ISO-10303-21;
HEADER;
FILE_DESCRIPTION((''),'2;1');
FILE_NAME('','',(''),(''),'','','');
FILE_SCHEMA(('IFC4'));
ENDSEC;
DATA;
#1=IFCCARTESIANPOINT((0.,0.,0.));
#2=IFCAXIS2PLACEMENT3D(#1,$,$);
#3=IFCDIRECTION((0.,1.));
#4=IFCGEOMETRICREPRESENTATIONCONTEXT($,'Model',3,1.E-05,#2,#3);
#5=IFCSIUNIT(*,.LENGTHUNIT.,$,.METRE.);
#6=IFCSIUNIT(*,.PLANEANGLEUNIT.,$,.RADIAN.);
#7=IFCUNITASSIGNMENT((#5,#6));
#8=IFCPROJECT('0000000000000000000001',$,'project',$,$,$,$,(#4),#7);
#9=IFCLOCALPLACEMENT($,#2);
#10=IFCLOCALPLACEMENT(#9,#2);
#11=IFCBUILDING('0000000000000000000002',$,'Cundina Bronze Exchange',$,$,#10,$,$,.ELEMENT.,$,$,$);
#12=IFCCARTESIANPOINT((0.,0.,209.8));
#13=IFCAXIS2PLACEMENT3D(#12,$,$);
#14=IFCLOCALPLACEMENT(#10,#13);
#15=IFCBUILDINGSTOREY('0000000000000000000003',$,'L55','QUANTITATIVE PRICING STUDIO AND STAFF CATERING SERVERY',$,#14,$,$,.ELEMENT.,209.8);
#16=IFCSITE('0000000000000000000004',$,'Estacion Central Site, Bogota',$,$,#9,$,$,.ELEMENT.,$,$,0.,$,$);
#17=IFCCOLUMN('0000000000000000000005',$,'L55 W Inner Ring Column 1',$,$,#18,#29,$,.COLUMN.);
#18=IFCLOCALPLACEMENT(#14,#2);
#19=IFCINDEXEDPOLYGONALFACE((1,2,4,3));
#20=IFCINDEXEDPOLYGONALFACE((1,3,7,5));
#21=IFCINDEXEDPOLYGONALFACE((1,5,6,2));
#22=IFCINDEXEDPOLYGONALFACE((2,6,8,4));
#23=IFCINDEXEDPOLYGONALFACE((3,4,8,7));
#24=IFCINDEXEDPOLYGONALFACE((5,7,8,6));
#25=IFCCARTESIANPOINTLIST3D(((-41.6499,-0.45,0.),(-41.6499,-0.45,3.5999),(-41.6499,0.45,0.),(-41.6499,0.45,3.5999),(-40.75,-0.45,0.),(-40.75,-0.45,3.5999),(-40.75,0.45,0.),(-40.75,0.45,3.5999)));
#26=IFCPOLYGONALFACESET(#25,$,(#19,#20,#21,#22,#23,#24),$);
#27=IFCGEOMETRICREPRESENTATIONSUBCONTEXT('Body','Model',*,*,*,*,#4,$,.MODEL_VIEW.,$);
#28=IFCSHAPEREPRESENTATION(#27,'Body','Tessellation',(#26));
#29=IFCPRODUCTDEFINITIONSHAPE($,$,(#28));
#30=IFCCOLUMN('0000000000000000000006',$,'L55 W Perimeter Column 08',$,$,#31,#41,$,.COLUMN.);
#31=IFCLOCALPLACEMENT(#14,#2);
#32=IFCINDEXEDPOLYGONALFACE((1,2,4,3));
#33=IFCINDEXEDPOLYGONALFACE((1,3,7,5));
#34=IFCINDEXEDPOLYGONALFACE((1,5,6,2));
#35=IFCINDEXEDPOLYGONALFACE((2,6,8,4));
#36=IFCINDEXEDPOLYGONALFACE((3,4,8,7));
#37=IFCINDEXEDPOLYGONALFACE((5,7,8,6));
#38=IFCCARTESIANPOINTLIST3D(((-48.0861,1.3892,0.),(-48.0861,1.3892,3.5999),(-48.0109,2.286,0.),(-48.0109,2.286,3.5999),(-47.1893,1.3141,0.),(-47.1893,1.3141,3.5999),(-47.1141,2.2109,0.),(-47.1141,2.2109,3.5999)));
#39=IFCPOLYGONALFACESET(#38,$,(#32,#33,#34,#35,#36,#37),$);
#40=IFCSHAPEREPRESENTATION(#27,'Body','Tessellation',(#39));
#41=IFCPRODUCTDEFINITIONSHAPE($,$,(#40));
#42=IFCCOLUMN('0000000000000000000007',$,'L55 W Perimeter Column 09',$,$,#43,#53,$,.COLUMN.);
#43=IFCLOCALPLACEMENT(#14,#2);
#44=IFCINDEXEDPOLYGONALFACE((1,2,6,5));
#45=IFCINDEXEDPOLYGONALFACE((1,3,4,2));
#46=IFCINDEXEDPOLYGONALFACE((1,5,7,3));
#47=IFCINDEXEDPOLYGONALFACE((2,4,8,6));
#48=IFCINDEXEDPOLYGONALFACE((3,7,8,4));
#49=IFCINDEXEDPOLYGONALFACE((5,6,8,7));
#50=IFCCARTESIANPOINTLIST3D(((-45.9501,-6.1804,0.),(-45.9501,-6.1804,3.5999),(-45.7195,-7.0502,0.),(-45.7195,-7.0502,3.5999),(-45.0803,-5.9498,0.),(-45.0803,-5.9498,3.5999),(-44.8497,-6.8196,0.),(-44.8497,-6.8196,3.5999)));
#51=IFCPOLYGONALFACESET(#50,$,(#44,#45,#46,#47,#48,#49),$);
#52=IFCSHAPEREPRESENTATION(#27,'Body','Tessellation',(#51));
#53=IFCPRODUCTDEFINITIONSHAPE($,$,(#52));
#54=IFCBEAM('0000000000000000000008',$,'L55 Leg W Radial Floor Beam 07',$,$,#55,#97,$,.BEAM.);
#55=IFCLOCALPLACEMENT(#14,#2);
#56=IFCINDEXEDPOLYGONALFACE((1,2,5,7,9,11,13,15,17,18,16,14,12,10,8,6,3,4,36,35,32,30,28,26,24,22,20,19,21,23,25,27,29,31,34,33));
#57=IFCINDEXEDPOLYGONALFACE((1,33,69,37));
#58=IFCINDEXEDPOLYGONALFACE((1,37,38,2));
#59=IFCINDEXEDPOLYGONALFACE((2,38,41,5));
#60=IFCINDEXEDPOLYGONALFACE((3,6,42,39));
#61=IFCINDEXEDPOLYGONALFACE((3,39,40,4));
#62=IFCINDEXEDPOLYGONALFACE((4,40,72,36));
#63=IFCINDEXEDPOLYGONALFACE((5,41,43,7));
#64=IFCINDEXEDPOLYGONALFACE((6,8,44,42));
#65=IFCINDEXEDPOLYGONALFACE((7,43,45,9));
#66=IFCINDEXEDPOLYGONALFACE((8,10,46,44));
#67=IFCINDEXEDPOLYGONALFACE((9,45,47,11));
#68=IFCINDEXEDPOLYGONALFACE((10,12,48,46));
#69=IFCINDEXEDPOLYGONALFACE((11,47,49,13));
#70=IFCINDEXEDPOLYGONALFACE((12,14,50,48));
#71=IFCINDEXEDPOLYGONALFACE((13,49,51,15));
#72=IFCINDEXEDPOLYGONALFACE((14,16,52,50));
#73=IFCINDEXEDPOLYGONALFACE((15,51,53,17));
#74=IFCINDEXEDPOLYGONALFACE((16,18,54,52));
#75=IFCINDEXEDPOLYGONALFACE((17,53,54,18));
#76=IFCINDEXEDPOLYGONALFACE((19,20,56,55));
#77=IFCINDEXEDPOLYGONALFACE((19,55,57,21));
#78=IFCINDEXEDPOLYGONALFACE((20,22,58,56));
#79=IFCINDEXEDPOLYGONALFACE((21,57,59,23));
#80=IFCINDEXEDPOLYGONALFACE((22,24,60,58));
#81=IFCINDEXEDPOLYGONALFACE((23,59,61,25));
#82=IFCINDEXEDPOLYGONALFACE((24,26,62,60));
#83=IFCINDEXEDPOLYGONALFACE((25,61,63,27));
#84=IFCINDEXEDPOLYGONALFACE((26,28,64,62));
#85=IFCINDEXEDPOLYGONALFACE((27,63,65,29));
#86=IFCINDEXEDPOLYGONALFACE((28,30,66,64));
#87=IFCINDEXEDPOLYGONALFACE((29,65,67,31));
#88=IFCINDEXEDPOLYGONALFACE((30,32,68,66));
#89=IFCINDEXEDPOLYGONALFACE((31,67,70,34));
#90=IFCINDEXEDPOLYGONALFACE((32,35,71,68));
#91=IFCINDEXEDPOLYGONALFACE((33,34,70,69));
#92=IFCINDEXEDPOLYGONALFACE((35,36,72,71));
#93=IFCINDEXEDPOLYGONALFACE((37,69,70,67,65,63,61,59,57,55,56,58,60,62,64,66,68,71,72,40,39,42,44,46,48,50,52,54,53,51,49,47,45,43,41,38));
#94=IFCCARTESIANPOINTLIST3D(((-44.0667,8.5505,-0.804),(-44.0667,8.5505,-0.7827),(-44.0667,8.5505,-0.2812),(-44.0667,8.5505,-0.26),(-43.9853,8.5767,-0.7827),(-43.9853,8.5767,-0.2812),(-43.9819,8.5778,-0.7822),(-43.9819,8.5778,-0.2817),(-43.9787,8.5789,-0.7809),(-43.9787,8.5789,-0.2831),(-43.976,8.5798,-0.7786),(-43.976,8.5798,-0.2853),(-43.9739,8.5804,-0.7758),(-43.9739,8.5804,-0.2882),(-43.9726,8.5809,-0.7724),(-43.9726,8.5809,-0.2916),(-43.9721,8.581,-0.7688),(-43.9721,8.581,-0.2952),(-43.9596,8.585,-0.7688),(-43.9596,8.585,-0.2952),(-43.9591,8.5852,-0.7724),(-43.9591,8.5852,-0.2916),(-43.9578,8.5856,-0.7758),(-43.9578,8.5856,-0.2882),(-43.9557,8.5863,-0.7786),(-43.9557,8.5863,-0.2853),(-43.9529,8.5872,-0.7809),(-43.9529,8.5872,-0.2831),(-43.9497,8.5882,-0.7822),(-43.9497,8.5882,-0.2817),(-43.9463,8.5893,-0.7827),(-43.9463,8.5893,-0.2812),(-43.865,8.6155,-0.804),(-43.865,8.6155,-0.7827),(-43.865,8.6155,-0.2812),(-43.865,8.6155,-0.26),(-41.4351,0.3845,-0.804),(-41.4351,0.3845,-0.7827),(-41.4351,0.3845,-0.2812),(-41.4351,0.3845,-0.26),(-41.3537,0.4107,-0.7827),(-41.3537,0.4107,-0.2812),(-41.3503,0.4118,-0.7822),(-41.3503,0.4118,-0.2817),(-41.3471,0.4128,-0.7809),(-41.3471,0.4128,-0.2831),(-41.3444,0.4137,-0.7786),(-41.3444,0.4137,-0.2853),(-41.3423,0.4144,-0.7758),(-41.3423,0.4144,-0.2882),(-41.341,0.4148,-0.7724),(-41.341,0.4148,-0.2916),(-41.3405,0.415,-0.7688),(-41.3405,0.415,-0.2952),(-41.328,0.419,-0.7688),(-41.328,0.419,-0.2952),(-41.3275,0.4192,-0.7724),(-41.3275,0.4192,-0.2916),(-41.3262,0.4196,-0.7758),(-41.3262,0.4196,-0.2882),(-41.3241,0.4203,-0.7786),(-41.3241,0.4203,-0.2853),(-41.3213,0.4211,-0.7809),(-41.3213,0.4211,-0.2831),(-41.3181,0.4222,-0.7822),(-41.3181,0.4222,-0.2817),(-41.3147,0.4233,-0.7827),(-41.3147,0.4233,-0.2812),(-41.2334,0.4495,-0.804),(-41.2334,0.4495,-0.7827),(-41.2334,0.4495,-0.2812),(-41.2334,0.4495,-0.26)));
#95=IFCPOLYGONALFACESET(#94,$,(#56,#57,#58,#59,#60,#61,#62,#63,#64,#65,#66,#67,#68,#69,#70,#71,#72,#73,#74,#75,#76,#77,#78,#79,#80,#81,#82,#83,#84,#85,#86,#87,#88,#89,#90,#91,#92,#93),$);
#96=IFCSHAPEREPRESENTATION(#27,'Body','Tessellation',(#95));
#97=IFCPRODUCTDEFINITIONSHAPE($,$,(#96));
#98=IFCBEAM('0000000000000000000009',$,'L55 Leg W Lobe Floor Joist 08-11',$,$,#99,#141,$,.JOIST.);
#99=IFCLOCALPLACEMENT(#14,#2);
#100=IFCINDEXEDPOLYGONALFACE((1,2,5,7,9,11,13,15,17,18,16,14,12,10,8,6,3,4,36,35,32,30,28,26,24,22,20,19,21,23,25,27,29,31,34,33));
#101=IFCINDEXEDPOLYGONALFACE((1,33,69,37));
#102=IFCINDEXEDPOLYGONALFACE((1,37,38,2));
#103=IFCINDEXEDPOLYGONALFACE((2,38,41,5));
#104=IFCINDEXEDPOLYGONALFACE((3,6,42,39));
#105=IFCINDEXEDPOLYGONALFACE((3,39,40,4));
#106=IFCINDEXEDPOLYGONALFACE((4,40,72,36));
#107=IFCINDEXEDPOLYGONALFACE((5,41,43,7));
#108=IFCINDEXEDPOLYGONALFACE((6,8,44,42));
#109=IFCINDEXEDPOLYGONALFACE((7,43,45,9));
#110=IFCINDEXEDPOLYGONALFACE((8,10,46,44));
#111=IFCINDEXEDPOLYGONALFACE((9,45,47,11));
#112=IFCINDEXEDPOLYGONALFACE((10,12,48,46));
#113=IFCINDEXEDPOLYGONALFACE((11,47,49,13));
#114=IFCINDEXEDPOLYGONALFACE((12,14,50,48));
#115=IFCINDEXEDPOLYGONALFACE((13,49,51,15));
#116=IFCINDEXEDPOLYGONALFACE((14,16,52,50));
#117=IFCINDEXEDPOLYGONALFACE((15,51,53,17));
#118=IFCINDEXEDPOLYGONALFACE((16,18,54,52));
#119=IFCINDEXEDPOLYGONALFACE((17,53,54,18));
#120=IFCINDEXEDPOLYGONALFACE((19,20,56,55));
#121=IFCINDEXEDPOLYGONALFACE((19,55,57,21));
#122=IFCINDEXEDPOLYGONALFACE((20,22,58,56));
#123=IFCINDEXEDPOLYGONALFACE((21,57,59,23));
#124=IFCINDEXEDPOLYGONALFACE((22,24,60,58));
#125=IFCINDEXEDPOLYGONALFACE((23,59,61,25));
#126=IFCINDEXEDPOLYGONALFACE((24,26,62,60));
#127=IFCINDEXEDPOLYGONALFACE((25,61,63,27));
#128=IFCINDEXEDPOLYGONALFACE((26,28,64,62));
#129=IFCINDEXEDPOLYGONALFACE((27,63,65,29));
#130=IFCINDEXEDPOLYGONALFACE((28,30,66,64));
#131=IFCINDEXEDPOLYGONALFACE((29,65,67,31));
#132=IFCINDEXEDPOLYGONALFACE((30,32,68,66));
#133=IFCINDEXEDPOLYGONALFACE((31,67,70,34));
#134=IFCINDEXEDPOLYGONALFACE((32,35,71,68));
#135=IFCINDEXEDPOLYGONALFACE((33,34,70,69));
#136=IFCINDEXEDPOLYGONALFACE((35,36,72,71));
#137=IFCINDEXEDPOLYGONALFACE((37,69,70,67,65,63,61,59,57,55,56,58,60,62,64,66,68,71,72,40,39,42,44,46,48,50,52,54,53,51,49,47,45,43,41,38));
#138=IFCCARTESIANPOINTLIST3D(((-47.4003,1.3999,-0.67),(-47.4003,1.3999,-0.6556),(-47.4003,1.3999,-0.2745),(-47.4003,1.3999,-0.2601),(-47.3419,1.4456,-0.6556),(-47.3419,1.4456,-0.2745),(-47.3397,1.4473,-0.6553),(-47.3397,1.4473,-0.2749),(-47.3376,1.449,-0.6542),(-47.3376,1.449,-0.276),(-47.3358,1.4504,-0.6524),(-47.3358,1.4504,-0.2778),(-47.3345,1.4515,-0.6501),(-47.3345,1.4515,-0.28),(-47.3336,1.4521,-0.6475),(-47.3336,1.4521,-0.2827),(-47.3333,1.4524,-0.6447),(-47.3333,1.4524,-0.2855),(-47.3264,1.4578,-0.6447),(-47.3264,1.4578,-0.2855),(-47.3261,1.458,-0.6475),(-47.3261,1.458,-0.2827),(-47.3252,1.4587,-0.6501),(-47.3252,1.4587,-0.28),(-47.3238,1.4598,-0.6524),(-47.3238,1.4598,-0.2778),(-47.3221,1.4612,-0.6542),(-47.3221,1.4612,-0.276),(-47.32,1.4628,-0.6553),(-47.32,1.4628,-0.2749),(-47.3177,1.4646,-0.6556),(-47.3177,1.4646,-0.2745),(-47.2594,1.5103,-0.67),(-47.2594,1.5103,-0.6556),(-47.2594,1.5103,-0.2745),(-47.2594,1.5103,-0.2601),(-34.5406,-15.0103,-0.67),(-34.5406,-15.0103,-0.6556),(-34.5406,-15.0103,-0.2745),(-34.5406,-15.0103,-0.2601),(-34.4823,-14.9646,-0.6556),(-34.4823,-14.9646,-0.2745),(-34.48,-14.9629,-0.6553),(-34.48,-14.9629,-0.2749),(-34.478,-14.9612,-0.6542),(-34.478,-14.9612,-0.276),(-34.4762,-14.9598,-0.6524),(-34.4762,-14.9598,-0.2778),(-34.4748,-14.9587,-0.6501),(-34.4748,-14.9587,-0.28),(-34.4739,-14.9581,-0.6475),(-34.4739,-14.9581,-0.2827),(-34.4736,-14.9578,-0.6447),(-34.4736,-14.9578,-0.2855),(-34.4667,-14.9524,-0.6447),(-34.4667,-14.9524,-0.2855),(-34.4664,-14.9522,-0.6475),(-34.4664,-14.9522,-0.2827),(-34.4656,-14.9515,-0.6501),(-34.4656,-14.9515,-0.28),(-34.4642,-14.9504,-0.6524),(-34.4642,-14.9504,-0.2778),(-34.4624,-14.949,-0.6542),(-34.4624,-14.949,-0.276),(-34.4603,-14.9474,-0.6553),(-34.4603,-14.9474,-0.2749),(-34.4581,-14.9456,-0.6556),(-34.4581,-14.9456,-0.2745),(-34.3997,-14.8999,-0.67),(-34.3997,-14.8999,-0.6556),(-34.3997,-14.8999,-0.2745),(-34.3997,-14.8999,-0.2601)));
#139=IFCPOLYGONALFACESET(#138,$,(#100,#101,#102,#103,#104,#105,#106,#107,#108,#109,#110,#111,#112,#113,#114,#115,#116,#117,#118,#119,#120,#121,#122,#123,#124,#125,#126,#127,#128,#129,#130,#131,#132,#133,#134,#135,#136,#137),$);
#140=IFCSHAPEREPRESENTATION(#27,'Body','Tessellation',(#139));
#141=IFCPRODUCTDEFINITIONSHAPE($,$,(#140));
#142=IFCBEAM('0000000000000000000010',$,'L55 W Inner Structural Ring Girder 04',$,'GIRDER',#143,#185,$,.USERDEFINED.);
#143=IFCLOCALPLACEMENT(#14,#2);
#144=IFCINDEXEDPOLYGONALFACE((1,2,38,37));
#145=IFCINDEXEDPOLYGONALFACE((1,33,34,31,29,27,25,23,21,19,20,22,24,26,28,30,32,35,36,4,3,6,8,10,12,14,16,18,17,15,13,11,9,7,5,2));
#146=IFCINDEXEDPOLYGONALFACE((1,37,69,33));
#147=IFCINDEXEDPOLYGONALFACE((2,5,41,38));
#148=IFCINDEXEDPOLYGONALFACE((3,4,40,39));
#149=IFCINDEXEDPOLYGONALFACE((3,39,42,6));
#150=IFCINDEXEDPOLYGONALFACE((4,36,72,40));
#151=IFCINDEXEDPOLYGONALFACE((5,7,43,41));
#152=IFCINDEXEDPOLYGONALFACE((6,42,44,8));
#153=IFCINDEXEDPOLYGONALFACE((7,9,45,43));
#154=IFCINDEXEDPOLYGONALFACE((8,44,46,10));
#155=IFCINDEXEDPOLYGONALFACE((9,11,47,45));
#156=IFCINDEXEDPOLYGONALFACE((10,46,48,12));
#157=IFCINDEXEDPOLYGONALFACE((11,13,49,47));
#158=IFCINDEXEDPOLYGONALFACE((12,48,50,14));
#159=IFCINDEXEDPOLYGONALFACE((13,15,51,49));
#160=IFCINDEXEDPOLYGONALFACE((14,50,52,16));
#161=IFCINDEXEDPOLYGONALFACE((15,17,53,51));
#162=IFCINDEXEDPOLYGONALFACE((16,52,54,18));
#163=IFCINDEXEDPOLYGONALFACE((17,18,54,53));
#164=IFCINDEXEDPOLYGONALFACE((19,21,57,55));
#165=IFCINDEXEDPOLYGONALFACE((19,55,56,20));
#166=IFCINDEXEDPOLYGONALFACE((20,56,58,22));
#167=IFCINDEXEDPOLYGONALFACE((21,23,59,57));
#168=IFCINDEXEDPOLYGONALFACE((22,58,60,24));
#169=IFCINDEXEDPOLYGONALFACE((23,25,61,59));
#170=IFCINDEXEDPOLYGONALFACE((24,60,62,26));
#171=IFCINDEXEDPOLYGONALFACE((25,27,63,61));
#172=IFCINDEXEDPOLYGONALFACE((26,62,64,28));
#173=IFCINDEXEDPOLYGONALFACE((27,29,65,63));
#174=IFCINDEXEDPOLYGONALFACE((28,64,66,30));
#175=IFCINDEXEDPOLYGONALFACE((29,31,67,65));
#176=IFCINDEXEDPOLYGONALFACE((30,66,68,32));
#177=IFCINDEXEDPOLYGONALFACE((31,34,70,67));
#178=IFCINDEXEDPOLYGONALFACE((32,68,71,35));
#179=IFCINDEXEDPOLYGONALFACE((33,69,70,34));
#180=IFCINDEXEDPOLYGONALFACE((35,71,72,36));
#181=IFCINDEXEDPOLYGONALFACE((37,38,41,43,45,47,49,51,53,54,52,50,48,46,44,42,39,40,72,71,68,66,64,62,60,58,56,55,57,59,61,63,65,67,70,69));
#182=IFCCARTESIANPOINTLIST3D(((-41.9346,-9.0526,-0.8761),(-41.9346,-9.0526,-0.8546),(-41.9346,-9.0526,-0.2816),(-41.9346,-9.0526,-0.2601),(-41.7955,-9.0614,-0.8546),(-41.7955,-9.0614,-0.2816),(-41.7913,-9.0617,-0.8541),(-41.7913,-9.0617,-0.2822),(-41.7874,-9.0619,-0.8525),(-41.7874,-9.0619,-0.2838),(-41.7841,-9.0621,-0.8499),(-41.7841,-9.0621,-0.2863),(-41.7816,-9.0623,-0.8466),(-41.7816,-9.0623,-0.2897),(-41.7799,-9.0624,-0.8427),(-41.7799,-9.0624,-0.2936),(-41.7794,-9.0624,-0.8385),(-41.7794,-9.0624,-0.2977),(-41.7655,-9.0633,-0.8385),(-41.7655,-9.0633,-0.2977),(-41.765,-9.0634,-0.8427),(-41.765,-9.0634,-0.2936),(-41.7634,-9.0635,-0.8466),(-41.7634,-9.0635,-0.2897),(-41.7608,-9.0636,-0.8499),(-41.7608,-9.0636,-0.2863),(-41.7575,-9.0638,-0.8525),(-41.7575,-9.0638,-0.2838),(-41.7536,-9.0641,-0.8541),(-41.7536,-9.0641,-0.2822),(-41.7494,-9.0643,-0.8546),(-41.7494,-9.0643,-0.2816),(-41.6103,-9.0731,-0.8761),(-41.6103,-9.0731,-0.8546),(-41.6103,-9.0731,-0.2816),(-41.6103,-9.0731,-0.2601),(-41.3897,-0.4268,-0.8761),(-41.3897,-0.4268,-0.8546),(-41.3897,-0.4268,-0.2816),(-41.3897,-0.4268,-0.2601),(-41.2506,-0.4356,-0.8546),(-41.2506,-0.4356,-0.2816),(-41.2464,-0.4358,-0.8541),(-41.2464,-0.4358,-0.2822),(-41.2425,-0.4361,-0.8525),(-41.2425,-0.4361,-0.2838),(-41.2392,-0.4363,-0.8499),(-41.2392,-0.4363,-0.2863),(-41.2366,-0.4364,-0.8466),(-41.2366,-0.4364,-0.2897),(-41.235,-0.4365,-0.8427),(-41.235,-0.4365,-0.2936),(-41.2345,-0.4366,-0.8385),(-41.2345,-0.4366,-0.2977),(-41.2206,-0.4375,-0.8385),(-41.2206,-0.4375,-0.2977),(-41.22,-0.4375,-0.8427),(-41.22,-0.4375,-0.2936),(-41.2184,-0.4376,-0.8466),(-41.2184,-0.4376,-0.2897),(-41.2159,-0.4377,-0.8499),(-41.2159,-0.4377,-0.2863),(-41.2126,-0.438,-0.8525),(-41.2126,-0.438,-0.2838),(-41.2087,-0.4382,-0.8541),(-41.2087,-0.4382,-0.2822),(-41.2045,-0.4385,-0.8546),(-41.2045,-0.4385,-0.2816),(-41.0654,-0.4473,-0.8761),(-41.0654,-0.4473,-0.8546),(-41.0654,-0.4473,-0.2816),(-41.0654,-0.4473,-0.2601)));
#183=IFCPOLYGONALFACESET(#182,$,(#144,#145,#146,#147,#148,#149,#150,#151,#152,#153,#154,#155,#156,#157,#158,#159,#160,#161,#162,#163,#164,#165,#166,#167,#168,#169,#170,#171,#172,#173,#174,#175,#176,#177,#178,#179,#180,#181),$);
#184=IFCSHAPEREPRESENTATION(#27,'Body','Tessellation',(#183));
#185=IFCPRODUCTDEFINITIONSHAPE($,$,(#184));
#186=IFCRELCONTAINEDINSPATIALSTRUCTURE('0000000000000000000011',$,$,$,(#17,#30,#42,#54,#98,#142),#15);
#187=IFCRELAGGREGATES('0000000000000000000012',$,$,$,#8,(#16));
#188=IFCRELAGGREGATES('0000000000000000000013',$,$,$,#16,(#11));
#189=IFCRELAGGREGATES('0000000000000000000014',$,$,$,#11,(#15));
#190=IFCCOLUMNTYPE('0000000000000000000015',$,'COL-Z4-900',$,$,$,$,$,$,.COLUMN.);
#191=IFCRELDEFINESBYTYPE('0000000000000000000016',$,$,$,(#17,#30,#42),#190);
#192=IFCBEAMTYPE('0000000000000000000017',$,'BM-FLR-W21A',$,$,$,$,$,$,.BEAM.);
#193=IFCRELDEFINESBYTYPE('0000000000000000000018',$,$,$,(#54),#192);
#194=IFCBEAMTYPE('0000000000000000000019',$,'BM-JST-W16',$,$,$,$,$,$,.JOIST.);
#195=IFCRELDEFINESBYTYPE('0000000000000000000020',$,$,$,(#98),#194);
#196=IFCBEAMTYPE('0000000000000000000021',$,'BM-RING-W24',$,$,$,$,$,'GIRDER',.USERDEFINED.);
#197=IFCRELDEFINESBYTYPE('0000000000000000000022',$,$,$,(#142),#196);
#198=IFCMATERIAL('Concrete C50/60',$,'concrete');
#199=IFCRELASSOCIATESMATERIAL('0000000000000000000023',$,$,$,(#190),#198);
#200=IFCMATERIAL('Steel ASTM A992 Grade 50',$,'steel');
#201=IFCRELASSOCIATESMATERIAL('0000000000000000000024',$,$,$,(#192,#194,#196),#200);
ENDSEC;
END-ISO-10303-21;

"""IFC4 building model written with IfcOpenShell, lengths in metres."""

from ifc_helpers import new_model, si_unit, direction, frame, origin, origin_2d, place, context, subcontext, project, spatial, rectangle, i_section, extrude, material, material_profile, profile_set, type_object, element, save


model = new_model("IFC4")

# Units and contexts
model_context = context("Model", 3, precision=1e-05, world=origin(), true_north=direction((0.0, 1.0)))
body_context = subcontext(model_context, "Body", "Model", "MODEL_VIEW")
ifc_project = project(units=[si_unit("LENGTHUNIT", "METRE"), si_unit("PLANEANGLEUNIT", "RADIAN")], contexts=[model_context])

# Site, building, storey
site_placement = place(None, origin())
site = spatial("IfcSite", under=ifc_project, at=site_placement, Name="Estacion Central Site, Bogota", CompositionType="ELEMENT", RefElevation=0.0)
building_placement = place(site_placement, origin())
building = spatial("IfcBuilding", under=site, at=building_placement, Name="Cundina Bronze Exchange", CompositionType="ELEMENT")
storey_placement = place(building_placement, frame((0.0, 0.0, 209.8)))
storey = spatial("IfcBuildingStorey", under=building, at=storey_placement, Name="L55", Description="QUANTITATIVE PRICING STUDIO AND STAFF CATERING SERVERY", CompositionType="ELEMENT", Elevation=209.8)

# Columns
ifc_material_1 = material(Name="Concrete C50/60", Category="concrete")
ifc_material_profile_1 = material_profile(ifc_material_1, rectangle(XDim=0.8999, YDim=0.8999, at=origin_2d()), Name="RC900X900", Category="concrete")
ifc_profile_set_1 = profile_set([ifc_material_profile_1], Name="Concrete C50/60")
column_type = type_object("IfcColumnType", Name="COL-Z4-900", PredefinedType="COLUMN", material=ifc_profile_set_1)
for number, where, z_axis, x_axis, name in (
    (1, (-41.2, 0.0, 0.0), (0.0, 0.0, 1.0), (1.0, 0.0, 0.0), "L55 W Inner Ring Column 1"),
    (2, (-47.6001, 1.8, 0.0), (0.0, 0.0, 1.0), (-0.083504, -0.996507, 0.0), "L55 W Perimeter Column 08"),
    (3, (-45.3999, -6.5, 0.0), (0.0, 0.0, 1.0), (0.256289, -0.9666, 0.0), "L55 W Perimeter Column 09"),
):
    element("IfcColumn", number, at=place(storey_placement, frame(where, z_axis=z_axis, x_axis=x_axis)), inside=storey, type_object=column_type, Name=name, PredefinedType="COLUMN", context=body_context, shape_type="SweptSolid", body=[
        extrude(rectangle(XDim=0.8999, YDim=0.8999, at=origin_2d()), origin(), (0.0, 0.0, 1.0), 3.5999),
    ])

# Beams
ifc_material_2 = material(Name="Steel ASTM A992 Grade 50", Category="steel")
ifc_material_profile_2 = material_profile(ifc_material_2, i_section(OverallWidth=0.2119, OverallDepth=0.5439, WebThickness=0.0132, FlangeThickness=0.0212, FilletRadius=0.0139, at=origin_2d()), Name="W21X83", Category="steel")
ifc_profile_set_2 = profile_set([ifc_material_profile_2], Name="Steel ASTM A992 Grade 50")
beam_type_1 = type_object("IfcBeamType", Name="BM-FLR-W21A", PredefinedType="BEAM", material=ifc_profile_set_2)
beam_1_placement = place(storey_placement, frame((-41.3342, 0.417, -0.532), z_axis=(-0.306728, 0.951797, 0.0), x_axis=(-0.951797, -0.306728, 0.0)))
element("IfcBeam", 4, at=beam_1_placement, inside=storey, type_object=beam_type_1, Name="L55 Leg W Radial Floor Beam 07", PredefinedType="BEAM", context=body_context, shape_type="SweptSolid", body=[
    extrude(i_section(OverallWidth=0.2119, OverallDepth=0.5439, WebThickness=0.0132, FlangeThickness=0.0212, FilletRadius=0.0139, at=origin_2d()), origin(), (0.0, 0.0, 1.0), 8.5796),
])
ifc_material_profile_3 = material_profile(ifc_material_2, i_section(OverallWidth=0.179, OverallDepth=0.4099, WebThickness=0.0088, FlangeThickness=0.0144, FilletRadius=0.011, at=origin_2d()), Name="W16X45", Category="steel")
ifc_profile_set_3 = profile_set([ifc_material_profile_3], Name="Steel ASTM A992 Grade 50")
beam_type_2 = type_object("IfcBeamType", Name="BM-JST-W16", PredefinedType="JOIST", material=ifc_profile_set_3)
beam_2_placement = place(storey_placement, frame((-47.3298, 1.4551, -0.4651), z_axis=(0.61681, -0.787112, 0.0), x_axis=(0.787112, 0.61681, 0.0)))
element("IfcBeam", 5, at=beam_2_placement, inside=storey, type_object=beam_type_2, Name="L55 Leg W Lobe Floor Joist 08-11", PredefinedType="JOIST", context=body_context, shape_type="SweptSolid", body=[
    extrude(i_section(OverallWidth=0.179, OverallDepth=0.4099, WebThickness=0.0088, FlangeThickness=0.0144, FilletRadius=0.011, at=origin_2d()), origin(), (0.0, 0.0, 1.0), 20.8486),
])
ifc_material_profile_4 = material_profile(ifc_material_2, i_section(OverallWidth=0.325, OverallDepth=0.616, WebThickness=0.0139, FlangeThickness=0.0215, FilletRadius=0.0161, at=origin_2d()), Name="W24X117", Category="steel")
ifc_profile_set_4 = profile_set([ifc_material_profile_4], Name="Steel ASTM A992 Grade 50")
beam_type_3 = type_object("IfcBeamType", Name="BM-RING-W24", ElementType="GIRDER", PredefinedType="USERDEFINED", material=ifc_profile_set_4)
beam_3_placement = place(storey_placement, frame((-41.2275, -0.437, -0.5681), z_axis=(-0.063047, -0.998011, 0.0), x_axis=(0.998011, -0.063047, 0.0)))
element("IfcBeam", 6, at=beam_3_placement, inside=storey, type_object=beam_type_3, Name="L55 W Inner Structural Ring Girder 04", ObjectType="GIRDER", PredefinedType="USERDEFINED", context=body_context, shape_type="SweptSolid", body=[
    extrude(i_section(OverallWidth=0.325, OverallDepth=0.616, WebThickness=0.0139, FlangeThickness=0.0215, FilletRadius=0.0161, at=origin_2d()), origin(), (0.0, 0.0, 1.0), 8.6431),
])

save(model, "model.ifc")
